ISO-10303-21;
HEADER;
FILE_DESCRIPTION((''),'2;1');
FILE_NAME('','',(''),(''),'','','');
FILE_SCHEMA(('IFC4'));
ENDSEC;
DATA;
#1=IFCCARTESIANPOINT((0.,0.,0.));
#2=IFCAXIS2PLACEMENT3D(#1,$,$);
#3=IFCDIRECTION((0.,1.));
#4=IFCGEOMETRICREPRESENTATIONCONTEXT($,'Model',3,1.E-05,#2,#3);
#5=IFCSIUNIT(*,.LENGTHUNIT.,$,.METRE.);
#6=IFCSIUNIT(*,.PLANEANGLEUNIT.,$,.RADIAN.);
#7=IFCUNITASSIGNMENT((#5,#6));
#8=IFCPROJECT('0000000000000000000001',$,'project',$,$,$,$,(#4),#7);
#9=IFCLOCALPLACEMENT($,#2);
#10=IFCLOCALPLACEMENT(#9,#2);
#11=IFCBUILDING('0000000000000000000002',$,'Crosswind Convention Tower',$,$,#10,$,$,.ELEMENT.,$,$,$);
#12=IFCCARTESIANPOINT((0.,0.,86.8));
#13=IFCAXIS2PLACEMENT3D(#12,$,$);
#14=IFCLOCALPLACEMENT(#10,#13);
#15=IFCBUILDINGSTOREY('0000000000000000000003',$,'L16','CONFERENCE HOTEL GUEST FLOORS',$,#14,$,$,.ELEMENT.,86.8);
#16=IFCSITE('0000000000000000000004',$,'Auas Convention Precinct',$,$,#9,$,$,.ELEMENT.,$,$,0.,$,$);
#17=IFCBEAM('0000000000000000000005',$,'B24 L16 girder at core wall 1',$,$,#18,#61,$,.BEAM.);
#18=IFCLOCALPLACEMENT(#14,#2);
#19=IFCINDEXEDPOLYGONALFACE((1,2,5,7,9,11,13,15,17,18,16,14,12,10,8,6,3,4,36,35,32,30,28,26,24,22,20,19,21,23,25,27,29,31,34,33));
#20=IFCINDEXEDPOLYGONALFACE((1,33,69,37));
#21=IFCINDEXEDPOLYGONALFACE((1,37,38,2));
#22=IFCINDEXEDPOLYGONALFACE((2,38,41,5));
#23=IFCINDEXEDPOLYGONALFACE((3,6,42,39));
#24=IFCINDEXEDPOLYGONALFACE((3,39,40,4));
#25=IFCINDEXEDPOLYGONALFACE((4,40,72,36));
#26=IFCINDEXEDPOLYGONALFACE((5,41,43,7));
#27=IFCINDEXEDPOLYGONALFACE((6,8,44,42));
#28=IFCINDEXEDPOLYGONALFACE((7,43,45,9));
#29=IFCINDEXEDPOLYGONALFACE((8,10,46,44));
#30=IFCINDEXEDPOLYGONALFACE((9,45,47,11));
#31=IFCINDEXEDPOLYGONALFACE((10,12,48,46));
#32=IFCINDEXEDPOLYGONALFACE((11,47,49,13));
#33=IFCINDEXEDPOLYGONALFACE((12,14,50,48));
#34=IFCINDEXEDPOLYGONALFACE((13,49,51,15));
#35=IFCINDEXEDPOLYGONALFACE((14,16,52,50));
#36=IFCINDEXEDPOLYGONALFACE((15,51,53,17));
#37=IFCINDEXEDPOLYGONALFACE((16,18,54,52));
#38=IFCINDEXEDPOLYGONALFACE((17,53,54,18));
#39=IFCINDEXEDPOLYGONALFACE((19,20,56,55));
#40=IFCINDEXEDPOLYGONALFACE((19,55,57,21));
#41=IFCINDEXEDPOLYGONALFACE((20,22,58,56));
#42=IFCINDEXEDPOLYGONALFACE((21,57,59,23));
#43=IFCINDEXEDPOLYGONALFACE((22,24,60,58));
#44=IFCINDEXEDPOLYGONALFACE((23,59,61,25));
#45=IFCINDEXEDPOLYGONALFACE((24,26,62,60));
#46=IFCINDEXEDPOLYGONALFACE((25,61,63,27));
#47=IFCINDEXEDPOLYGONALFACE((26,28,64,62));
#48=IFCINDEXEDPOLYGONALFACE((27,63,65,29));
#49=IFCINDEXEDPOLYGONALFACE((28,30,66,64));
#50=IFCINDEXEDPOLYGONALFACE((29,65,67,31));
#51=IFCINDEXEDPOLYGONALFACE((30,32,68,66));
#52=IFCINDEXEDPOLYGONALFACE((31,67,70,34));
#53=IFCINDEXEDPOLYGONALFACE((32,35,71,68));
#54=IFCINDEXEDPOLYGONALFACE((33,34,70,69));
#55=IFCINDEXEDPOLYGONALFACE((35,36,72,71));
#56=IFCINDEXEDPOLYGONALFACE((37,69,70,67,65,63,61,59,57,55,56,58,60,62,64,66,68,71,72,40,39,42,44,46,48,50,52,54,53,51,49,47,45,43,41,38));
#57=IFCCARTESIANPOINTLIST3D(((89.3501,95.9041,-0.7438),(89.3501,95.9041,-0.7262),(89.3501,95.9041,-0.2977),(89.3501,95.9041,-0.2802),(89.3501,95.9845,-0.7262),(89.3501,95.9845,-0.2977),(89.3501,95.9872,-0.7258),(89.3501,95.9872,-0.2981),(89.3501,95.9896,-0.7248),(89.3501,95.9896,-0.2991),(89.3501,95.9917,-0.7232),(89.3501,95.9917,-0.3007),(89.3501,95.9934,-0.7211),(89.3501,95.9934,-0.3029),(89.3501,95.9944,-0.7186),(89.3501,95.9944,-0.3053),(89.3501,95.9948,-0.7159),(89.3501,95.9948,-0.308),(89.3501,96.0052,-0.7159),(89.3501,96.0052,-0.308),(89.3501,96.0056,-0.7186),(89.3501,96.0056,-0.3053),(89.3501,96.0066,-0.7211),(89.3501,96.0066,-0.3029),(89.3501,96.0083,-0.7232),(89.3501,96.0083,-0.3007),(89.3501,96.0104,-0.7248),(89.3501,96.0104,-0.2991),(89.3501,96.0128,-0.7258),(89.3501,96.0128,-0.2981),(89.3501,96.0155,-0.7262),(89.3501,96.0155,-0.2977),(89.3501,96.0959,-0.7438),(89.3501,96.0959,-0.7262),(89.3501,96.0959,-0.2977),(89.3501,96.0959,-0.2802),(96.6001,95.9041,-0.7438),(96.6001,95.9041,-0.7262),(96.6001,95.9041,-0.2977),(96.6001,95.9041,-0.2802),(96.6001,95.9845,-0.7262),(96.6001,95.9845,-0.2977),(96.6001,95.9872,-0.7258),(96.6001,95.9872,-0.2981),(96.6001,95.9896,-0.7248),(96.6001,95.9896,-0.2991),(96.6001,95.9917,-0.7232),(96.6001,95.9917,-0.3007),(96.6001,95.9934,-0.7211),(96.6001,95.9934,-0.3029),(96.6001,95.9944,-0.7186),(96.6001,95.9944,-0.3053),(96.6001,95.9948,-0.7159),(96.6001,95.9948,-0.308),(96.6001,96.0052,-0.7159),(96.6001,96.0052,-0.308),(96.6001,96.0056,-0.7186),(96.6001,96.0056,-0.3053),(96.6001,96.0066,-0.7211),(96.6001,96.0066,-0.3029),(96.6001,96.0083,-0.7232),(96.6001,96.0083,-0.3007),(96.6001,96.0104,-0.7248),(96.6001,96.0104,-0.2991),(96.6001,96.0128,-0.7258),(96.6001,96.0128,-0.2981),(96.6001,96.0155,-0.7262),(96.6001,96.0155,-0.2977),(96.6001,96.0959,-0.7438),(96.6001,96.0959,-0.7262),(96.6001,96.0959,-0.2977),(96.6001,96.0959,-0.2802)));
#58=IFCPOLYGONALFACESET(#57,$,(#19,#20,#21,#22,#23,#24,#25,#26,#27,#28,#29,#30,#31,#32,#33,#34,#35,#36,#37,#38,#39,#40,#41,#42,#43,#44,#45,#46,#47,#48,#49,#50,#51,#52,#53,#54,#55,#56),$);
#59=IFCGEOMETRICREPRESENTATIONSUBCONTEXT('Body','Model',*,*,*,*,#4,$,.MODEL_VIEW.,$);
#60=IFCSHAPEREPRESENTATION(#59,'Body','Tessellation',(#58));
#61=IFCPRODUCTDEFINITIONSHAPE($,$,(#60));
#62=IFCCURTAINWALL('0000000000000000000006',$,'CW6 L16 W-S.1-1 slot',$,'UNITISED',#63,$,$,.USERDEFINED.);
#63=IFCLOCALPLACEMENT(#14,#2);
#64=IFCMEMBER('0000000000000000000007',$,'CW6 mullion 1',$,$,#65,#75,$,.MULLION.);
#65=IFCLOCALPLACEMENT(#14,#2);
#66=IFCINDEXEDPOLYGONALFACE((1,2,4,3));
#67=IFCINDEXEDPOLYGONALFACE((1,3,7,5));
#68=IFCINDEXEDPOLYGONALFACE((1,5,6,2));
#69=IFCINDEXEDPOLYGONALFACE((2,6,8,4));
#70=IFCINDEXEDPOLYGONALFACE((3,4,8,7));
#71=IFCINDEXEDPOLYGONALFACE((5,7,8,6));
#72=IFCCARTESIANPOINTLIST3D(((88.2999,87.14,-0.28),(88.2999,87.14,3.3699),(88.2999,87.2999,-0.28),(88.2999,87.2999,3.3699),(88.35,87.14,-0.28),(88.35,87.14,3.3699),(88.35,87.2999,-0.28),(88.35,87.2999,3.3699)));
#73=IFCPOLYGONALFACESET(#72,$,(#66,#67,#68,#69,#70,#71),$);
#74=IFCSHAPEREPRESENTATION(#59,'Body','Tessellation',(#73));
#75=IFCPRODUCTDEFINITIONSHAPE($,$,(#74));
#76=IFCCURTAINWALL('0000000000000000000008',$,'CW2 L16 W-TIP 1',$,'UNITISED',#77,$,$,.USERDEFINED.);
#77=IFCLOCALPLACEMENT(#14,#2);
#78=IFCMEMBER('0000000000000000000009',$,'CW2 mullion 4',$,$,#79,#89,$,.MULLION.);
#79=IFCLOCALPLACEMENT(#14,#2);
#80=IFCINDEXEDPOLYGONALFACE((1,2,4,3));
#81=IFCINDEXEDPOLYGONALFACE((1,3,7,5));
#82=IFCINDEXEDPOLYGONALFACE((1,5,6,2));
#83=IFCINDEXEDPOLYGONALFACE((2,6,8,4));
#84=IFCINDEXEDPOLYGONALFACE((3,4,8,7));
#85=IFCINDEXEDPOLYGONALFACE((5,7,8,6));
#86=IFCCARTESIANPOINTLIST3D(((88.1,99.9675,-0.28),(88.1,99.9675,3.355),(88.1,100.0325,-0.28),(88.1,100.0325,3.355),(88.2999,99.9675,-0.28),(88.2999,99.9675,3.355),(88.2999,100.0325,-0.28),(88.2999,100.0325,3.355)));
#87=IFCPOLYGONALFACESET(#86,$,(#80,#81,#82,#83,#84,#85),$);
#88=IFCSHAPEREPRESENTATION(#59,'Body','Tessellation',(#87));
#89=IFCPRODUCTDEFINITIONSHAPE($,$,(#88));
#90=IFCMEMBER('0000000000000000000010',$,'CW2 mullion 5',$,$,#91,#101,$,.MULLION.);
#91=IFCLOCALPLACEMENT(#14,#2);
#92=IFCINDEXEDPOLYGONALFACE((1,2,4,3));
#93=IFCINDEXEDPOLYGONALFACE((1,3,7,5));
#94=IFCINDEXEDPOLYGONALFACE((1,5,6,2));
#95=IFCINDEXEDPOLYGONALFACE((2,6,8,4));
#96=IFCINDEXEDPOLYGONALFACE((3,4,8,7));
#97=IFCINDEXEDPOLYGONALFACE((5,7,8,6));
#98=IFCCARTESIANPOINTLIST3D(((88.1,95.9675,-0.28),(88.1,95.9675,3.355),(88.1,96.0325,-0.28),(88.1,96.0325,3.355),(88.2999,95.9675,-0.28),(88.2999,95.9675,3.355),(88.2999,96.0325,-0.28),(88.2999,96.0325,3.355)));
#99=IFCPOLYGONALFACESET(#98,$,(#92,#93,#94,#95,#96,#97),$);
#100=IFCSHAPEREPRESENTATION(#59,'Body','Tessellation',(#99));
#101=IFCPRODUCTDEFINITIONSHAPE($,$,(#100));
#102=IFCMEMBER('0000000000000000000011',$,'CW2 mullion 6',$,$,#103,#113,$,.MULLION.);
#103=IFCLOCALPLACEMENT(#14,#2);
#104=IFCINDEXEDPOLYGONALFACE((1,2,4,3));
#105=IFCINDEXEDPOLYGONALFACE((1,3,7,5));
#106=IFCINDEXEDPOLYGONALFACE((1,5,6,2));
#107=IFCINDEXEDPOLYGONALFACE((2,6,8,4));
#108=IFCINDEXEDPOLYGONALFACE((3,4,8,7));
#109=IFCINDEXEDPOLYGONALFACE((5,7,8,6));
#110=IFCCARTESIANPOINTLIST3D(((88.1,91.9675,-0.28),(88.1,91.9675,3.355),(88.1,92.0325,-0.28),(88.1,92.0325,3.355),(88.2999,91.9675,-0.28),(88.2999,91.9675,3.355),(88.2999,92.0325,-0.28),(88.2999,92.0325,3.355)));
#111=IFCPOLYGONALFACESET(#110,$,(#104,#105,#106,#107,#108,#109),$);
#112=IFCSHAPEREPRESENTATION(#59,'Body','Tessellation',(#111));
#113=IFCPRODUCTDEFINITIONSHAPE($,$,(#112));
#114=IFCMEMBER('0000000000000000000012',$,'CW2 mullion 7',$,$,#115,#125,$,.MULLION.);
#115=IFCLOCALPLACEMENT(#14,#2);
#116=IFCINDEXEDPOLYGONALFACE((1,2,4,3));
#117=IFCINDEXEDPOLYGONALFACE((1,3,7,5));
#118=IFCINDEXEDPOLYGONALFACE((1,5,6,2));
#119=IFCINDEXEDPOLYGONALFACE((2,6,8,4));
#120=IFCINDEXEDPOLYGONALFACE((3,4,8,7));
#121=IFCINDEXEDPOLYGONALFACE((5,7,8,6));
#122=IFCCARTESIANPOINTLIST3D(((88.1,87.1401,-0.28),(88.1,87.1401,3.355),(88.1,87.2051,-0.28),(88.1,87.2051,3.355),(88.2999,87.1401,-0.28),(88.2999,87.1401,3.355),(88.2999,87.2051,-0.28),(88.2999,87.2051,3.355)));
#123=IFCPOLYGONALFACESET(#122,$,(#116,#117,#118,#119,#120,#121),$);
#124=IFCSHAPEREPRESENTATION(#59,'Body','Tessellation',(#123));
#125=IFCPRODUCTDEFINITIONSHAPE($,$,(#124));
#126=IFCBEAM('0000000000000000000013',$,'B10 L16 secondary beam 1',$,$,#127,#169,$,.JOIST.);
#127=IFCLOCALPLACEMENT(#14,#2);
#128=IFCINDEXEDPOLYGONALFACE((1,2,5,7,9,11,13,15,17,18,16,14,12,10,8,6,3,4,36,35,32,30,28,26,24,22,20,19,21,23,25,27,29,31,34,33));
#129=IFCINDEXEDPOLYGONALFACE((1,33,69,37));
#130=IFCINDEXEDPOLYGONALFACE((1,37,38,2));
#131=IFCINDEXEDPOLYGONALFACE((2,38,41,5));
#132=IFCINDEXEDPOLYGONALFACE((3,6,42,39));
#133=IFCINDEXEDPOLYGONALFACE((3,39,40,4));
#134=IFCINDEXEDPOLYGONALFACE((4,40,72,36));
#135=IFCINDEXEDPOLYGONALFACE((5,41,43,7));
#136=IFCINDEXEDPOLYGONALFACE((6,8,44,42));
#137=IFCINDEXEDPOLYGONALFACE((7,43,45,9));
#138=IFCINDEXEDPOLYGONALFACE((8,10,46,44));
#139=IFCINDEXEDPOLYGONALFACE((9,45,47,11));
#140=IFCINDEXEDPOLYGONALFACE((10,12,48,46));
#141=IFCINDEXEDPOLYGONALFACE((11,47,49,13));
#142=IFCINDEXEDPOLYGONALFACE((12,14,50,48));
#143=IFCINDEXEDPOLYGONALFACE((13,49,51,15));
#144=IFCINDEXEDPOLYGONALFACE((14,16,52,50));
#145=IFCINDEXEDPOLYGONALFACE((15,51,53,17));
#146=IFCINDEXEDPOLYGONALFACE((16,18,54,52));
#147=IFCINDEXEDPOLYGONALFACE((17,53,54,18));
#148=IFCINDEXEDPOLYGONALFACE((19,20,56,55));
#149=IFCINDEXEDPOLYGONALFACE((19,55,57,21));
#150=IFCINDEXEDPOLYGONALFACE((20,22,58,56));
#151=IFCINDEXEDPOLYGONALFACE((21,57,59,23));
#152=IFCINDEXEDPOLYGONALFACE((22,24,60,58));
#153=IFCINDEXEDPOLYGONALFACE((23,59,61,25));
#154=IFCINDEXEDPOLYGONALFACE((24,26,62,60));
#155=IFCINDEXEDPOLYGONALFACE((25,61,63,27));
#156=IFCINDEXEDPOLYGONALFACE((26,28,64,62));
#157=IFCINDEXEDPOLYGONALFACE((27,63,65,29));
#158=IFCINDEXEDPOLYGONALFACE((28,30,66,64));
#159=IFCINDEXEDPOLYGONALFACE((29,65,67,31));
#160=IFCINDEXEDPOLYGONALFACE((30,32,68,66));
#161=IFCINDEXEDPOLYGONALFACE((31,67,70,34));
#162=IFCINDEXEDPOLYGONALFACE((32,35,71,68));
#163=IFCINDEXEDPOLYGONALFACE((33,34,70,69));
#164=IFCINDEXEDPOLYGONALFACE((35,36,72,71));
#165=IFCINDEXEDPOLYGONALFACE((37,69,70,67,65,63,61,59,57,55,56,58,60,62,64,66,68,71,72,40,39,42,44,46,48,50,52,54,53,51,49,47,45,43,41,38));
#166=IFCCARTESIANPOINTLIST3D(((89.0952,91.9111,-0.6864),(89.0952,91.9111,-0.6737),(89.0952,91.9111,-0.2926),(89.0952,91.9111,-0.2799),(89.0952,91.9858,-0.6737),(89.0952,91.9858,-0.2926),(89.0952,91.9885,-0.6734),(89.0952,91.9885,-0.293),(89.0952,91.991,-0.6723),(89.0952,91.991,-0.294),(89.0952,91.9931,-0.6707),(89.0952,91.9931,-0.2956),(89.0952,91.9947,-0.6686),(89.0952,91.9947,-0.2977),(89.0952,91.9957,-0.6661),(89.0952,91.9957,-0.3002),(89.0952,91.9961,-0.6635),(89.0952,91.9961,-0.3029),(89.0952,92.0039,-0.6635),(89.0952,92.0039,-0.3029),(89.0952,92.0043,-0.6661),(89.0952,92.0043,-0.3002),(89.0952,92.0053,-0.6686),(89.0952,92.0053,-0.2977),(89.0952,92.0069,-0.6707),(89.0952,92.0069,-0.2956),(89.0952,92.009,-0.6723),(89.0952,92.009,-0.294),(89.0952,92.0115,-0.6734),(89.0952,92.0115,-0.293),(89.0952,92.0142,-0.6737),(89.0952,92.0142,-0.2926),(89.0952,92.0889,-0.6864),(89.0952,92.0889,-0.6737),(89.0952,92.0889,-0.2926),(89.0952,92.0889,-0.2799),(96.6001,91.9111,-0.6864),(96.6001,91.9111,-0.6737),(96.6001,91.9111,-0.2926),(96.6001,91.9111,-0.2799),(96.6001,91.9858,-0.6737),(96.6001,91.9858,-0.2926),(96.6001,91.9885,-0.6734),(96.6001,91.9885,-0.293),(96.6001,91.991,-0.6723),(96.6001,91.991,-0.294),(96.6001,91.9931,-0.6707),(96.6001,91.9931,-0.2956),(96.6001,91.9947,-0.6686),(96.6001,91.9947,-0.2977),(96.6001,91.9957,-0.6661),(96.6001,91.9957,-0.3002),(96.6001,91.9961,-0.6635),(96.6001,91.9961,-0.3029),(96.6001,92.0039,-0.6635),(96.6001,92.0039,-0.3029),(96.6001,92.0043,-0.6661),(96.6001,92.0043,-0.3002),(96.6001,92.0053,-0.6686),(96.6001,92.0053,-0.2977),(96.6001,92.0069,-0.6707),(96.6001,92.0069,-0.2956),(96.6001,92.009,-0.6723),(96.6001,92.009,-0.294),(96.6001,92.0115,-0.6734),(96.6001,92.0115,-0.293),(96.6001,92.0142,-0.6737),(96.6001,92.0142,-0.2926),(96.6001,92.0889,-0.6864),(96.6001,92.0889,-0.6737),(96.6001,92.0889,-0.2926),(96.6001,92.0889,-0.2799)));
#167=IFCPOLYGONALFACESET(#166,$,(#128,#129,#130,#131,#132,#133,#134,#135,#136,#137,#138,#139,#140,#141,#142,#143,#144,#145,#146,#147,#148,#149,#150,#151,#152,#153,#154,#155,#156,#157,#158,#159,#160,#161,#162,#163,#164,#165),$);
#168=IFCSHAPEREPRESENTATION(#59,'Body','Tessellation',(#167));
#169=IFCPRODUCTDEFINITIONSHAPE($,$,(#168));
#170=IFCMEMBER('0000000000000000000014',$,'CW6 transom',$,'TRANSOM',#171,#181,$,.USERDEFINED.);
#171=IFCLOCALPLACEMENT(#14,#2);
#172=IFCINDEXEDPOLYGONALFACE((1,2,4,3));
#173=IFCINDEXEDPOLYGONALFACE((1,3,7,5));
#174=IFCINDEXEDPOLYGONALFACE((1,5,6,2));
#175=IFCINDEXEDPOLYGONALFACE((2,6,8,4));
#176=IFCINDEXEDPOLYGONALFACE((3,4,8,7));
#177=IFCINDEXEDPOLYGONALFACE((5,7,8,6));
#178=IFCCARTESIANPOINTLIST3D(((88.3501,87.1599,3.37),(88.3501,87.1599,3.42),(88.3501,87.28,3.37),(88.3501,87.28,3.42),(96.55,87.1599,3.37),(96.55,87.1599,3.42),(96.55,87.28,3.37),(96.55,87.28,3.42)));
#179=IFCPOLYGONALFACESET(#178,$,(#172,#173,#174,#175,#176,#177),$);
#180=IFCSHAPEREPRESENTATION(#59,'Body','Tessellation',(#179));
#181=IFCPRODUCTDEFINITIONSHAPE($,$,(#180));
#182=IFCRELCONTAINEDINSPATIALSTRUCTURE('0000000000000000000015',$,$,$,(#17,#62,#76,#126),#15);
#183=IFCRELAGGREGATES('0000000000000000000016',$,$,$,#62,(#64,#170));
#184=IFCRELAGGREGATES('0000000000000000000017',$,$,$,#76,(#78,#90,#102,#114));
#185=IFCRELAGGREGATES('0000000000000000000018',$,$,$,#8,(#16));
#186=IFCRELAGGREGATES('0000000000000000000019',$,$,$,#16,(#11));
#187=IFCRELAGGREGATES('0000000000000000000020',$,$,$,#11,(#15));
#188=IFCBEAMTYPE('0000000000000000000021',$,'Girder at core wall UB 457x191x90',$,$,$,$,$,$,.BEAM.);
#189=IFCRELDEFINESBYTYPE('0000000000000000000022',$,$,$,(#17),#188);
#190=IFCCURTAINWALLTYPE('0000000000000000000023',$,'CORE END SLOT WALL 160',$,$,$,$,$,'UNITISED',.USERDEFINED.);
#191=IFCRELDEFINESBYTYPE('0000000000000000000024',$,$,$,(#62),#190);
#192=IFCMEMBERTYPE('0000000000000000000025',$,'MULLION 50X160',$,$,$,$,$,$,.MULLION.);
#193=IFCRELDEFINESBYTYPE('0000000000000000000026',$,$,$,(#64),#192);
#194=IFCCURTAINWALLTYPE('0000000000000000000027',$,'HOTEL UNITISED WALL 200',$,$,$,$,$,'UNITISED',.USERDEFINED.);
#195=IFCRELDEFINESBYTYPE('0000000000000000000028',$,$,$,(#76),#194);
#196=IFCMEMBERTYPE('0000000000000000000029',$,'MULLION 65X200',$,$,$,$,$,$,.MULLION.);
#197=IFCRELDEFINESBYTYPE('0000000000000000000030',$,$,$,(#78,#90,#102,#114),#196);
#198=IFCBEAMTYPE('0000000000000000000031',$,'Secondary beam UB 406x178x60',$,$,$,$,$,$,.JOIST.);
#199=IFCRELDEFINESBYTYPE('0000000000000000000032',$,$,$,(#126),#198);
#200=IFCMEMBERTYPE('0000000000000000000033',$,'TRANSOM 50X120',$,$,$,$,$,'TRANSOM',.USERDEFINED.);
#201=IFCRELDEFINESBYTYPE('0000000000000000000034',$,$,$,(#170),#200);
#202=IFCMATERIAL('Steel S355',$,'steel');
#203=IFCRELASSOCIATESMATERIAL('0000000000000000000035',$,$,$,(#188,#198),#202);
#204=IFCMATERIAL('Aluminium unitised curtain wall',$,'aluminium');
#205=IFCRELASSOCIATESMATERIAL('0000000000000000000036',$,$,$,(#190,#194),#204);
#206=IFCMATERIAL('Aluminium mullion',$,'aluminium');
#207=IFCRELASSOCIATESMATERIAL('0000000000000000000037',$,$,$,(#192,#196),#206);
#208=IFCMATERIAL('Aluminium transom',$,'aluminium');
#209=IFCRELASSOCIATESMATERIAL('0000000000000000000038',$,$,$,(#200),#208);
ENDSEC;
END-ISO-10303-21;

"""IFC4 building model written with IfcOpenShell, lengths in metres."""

from ifc_helpers import new_model, si_unit, direction, frame, origin, origin_2d, place, context, subcontext, project, spatial, rectangle, i_section, extrude, material, material_profile, profile_set, type_object, element, aggregate, save


model = new_model("IFC4")

# Units and contexts
model_context = context("Model", 3, precision=1e-05, world=origin(), true_north=direction((0.0, 1.0)))
body_context = subcontext(model_context, "Body", "Model", "MODEL_VIEW")
ifc_project = project(units=[si_unit("LENGTHUNIT", "METRE"), si_unit("PLANEANGLEUNIT", "RADIAN")], contexts=[model_context])

# Site, building, storey
site_placement = place(None, origin())
site = spatial("IfcSite", under=ifc_project, at=site_placement, Name="Auas Convention Precinct", CompositionType="ELEMENT", RefElevation=0.0)
building_placement = place(site_placement, origin())
building = spatial("IfcBuilding", under=site, at=building_placement, Name="Crosswind Convention Tower", CompositionType="ELEMENT")
storey_placement = place(building_placement, frame((0.0, 0.0, 86.8)))
storey = spatial("IfcBuildingStorey", under=building, at=storey_placement, Name="L16", Description="CONFERENCE HOTEL GUEST FLOORS", CompositionType="ELEMENT", Elevation=86.8)

# Beam
ifc_material_1 = material(Name="Steel S355", Category="steel")
ifc_material_profile_1 = material_profile(ifc_material_1, i_section(OverallWidth=0.1919, OverallDepth=0.4636, WebThickness=0.0105, FlangeThickness=0.0176, FilletRadius=0.0103, at=origin_2d()), Name="UB 457x191x90")
ifc_profile_set_1 = profile_set([ifc_material_profile_1], Name="Steel S355")
beam_type_1 = type_object("IfcBeamType", Name="Girder at core wall UB 457x191x90", PredefinedType="BEAM", material=ifc_profile_set_1)
beam_1_placement = place(storey_placement, frame((89.3501, 96.0, -0.512), z_axis=(1.0, 0.0, 0.0), x_axis=(0.0, 1.0, 0.0)))
element("IfcBeam", 1, at=beam_1_placement, inside=storey, type_object=beam_type_1, Name="B24 L16 girder at core wall 1", PredefinedType="BEAM", context=body_context, shape_type="SweptSolid", body=[
    extrude(i_section(OverallWidth=0.1919, OverallDepth=0.4636, WebThickness=0.0105, FlangeThickness=0.0176, FilletRadius=0.0103, at=origin_2d()), origin(), (0.0, 0.0, 1.0), 7.25),
])

# Curtain wall, member
ifc_material_2 = material(Name="Aluminium unitised curtain wall", Category="aluminium")
curtain_wall_type_1 = type_object("IfcCurtainWallType", Name="CORE END SLOT WALL 160", ElementType="UNITISED", PredefinedType="USERDEFINED", material=ifc_material_2)
curtain_wall_1_placement = place(storey_placement, origin())
curtain_wall_1 = element("IfcCurtainWall", 2, at=curtain_wall_1_placement, inside=storey, type_object=curtain_wall_type_1, Name="CW6 L16 W-S.1-1 slot", ObjectType="UNITISED", PredefinedType="USERDEFINED")
ifc_material_3 = material(Name="Aluminium mullion", Category="aluminium")
ifc_material_profile_2 = material_profile(ifc_material_3, rectangle(XDim=0.1599, YDim=0.05, at=origin_2d()), Name="AL 160X50")
ifc_profile_set_2 = profile_set([ifc_material_profile_2], Name="Aluminium mullion")
member_type_1 = type_object("IfcMemberType", Name="MULLION 50X160", PredefinedType="MULLION", material=ifc_profile_set_2)
member_1_placement = place(storey_placement, frame((88.325, 87.22, -0.28), z_axis=(0.0, 0.0, 1.0), x_axis=(0.0, -1.0, 0.0)))
member_1 = element("IfcMember", 3, at=member_1_placement, type_object=member_type_1, Name="CW6 mullion 1", PredefinedType="MULLION", context=body_context, shape_type="SweptSolid", body=[
    extrude(rectangle(XDim=0.1599, YDim=0.05, at=origin_2d()), origin(), (0.0, 0.0, 1.0), 3.6499),
])

# Curtain wall, members
curtain_wall_type_2 = type_object("IfcCurtainWallType", Name="HOTEL UNITISED WALL 200", ElementType="UNITISED", PredefinedType="USERDEFINED", material=ifc_material_2)
curtain_wall_2_placement = place(storey_placement, origin())
curtain_wall_2 = element("IfcCurtainWall", 4, at=curtain_wall_2_placement, inside=storey, type_object=curtain_wall_type_2, Name="CW2 L16 W-TIP 1", ObjectType="UNITISED", PredefinedType="USERDEFINED")
ifc_material_profile_3 = material_profile(ifc_material_3, rectangle(XDim=0.2, YDim=0.0649, at=origin_2d()), Name="AL 200X65")
ifc_profile_set_3 = profile_set([ifc_material_profile_3], Name="Aluminium mullion")
member_type_2 = type_object("IfcMemberType", Name="MULLION 65X200", PredefinedType="MULLION", material=ifc_profile_set_3)
member_2_placement = place(storey_placement, frame((88.2, 100.0, -0.28), z_axis=(0.0, 0.0, 1.0), x_axis=(-1.0, 0.0, 0.0)))
member_2 = element("IfcMember", 5, at=member_2_placement, type_object=member_type_2, Name="CW2 mullion 4", PredefinedType="MULLION", context=body_context, shape_type="SweptSolid", body=[
    extrude(rectangle(XDim=0.2, YDim=0.0649, at=origin_2d()), origin(), (0.0, 0.0, 1.0), 3.635),
])
member_3_placement = place(storey_placement, frame((88.2, 96.0, -0.28), z_axis=(0.0, 0.0, 1.0), x_axis=(-1.0, 0.0, 0.0)))
member_3 = element("IfcMember", 6, at=member_3_placement, type_object=member_type_2, Name="CW2 mullion 5", PredefinedType="MULLION", context=body_context, shape_type="SweptSolid", body=[
    extrude(rectangle(XDim=0.2, YDim=0.0649, at=origin_2d()), origin(), (0.0, 0.0, 1.0), 3.635),
])
member_4_placement = place(storey_placement, frame((88.2, 92.0, -0.28), z_axis=(0.0, 0.0, 1.0), x_axis=(-1.0, 0.0, 0.0)))
member_4 = element("IfcMember", 7, at=member_4_placement, type_object=member_type_2, Name="CW2 mullion 6", PredefinedType="MULLION", context=body_context, shape_type="SweptSolid", body=[
    extrude(rectangle(XDim=0.2, YDim=0.0649, at=origin_2d()), origin(), (0.0, 0.0, 1.0), 3.635),
])
member_5_placement = place(storey_placement, frame((88.2, 87.1726, -0.28), z_axis=(0.0, 0.0, 1.0), x_axis=(-1.0, 0.0, 0.0)))
member_5 = element("IfcMember", 8, at=member_5_placement, type_object=member_type_2, Name="CW2 mullion 7", PredefinedType="MULLION", context=body_context, shape_type="SweptSolid", body=[
    extrude(rectangle(XDim=0.2, YDim=0.0649, at=origin_2d()), origin(), (0.0, 0.0, 1.0), 3.635),
])

# Beam
ifc_material_profile_4 = material_profile(ifc_material_1, i_section(OverallWidth=0.1777, OverallDepth=0.4065, WebThickness=0.0078, FlangeThickness=0.0127, FilletRadius=0.0103, at=origin_2d()), Name="UB 406x178x60")
ifc_profile_set_4 = profile_set([ifc_material_profile_4], Name="Steel S355")
beam_type_2 = type_object("IfcBeamType", Name="Secondary beam UB 406x178x60", PredefinedType="JOIST", material=ifc_profile_set_4)
beam_2_placement = place(storey_placement, frame((89.0952, 92.0, -0.4832), z_axis=(1.0, 0.0, 0.0), x_axis=(0.0, 1.0, 0.0)))
element("IfcBeam", 9, at=beam_2_placement, inside=storey, type_object=beam_type_2, Name="B10 L16 secondary beam 1", PredefinedType="JOIST", context=body_context, shape_type="SweptSolid", body=[
    extrude(i_section(OverallWidth=0.1777, OverallDepth=0.4065, WebThickness=0.0078, FlangeThickness=0.0127, FilletRadius=0.0103, at=origin_2d()), origin(), (0.0, 0.0, 1.0), 7.5049),
])

# Member
ifc_material_4 = material(Name="Aluminium transom", Category="aluminium")
ifc_material_profile_5 = material_profile(ifc_material_4, rectangle(XDim=0.1201, YDim=0.05, at=origin_2d()), Name="AL 120X50")
ifc_profile_set_5 = profile_set([ifc_material_profile_5], Name="Aluminium transom")
member_type_3 = type_object("IfcMemberType", Name="TRANSOM 50X120", ElementType="TRANSOM", PredefinedType="USERDEFINED", material=ifc_profile_set_5)
member_6_placement = place(storey_placement, frame((88.3501, 87.22, 3.395), z_axis=(1.0, 0.0, 0.0), x_axis=(0.0, 1.0, 0.0)))
member_6 = element("IfcMember", 10, at=member_6_placement, type_object=member_type_3, Name="CW6 transom", ObjectType="TRANSOM", PredefinedType="USERDEFINED", context=body_context, shape_type="SweptSolid", body=[
    extrude(rectangle(XDim=0.1201, YDim=0.05, at=origin_2d()), origin(), (0.0, 0.0, 1.0), 8.2),
])

aggregate(curtain_wall_1, [member_1, member_6])
aggregate(curtain_wall_2, [member_2, member_3, member_4, member_5])

save(model, "model.ifc")
